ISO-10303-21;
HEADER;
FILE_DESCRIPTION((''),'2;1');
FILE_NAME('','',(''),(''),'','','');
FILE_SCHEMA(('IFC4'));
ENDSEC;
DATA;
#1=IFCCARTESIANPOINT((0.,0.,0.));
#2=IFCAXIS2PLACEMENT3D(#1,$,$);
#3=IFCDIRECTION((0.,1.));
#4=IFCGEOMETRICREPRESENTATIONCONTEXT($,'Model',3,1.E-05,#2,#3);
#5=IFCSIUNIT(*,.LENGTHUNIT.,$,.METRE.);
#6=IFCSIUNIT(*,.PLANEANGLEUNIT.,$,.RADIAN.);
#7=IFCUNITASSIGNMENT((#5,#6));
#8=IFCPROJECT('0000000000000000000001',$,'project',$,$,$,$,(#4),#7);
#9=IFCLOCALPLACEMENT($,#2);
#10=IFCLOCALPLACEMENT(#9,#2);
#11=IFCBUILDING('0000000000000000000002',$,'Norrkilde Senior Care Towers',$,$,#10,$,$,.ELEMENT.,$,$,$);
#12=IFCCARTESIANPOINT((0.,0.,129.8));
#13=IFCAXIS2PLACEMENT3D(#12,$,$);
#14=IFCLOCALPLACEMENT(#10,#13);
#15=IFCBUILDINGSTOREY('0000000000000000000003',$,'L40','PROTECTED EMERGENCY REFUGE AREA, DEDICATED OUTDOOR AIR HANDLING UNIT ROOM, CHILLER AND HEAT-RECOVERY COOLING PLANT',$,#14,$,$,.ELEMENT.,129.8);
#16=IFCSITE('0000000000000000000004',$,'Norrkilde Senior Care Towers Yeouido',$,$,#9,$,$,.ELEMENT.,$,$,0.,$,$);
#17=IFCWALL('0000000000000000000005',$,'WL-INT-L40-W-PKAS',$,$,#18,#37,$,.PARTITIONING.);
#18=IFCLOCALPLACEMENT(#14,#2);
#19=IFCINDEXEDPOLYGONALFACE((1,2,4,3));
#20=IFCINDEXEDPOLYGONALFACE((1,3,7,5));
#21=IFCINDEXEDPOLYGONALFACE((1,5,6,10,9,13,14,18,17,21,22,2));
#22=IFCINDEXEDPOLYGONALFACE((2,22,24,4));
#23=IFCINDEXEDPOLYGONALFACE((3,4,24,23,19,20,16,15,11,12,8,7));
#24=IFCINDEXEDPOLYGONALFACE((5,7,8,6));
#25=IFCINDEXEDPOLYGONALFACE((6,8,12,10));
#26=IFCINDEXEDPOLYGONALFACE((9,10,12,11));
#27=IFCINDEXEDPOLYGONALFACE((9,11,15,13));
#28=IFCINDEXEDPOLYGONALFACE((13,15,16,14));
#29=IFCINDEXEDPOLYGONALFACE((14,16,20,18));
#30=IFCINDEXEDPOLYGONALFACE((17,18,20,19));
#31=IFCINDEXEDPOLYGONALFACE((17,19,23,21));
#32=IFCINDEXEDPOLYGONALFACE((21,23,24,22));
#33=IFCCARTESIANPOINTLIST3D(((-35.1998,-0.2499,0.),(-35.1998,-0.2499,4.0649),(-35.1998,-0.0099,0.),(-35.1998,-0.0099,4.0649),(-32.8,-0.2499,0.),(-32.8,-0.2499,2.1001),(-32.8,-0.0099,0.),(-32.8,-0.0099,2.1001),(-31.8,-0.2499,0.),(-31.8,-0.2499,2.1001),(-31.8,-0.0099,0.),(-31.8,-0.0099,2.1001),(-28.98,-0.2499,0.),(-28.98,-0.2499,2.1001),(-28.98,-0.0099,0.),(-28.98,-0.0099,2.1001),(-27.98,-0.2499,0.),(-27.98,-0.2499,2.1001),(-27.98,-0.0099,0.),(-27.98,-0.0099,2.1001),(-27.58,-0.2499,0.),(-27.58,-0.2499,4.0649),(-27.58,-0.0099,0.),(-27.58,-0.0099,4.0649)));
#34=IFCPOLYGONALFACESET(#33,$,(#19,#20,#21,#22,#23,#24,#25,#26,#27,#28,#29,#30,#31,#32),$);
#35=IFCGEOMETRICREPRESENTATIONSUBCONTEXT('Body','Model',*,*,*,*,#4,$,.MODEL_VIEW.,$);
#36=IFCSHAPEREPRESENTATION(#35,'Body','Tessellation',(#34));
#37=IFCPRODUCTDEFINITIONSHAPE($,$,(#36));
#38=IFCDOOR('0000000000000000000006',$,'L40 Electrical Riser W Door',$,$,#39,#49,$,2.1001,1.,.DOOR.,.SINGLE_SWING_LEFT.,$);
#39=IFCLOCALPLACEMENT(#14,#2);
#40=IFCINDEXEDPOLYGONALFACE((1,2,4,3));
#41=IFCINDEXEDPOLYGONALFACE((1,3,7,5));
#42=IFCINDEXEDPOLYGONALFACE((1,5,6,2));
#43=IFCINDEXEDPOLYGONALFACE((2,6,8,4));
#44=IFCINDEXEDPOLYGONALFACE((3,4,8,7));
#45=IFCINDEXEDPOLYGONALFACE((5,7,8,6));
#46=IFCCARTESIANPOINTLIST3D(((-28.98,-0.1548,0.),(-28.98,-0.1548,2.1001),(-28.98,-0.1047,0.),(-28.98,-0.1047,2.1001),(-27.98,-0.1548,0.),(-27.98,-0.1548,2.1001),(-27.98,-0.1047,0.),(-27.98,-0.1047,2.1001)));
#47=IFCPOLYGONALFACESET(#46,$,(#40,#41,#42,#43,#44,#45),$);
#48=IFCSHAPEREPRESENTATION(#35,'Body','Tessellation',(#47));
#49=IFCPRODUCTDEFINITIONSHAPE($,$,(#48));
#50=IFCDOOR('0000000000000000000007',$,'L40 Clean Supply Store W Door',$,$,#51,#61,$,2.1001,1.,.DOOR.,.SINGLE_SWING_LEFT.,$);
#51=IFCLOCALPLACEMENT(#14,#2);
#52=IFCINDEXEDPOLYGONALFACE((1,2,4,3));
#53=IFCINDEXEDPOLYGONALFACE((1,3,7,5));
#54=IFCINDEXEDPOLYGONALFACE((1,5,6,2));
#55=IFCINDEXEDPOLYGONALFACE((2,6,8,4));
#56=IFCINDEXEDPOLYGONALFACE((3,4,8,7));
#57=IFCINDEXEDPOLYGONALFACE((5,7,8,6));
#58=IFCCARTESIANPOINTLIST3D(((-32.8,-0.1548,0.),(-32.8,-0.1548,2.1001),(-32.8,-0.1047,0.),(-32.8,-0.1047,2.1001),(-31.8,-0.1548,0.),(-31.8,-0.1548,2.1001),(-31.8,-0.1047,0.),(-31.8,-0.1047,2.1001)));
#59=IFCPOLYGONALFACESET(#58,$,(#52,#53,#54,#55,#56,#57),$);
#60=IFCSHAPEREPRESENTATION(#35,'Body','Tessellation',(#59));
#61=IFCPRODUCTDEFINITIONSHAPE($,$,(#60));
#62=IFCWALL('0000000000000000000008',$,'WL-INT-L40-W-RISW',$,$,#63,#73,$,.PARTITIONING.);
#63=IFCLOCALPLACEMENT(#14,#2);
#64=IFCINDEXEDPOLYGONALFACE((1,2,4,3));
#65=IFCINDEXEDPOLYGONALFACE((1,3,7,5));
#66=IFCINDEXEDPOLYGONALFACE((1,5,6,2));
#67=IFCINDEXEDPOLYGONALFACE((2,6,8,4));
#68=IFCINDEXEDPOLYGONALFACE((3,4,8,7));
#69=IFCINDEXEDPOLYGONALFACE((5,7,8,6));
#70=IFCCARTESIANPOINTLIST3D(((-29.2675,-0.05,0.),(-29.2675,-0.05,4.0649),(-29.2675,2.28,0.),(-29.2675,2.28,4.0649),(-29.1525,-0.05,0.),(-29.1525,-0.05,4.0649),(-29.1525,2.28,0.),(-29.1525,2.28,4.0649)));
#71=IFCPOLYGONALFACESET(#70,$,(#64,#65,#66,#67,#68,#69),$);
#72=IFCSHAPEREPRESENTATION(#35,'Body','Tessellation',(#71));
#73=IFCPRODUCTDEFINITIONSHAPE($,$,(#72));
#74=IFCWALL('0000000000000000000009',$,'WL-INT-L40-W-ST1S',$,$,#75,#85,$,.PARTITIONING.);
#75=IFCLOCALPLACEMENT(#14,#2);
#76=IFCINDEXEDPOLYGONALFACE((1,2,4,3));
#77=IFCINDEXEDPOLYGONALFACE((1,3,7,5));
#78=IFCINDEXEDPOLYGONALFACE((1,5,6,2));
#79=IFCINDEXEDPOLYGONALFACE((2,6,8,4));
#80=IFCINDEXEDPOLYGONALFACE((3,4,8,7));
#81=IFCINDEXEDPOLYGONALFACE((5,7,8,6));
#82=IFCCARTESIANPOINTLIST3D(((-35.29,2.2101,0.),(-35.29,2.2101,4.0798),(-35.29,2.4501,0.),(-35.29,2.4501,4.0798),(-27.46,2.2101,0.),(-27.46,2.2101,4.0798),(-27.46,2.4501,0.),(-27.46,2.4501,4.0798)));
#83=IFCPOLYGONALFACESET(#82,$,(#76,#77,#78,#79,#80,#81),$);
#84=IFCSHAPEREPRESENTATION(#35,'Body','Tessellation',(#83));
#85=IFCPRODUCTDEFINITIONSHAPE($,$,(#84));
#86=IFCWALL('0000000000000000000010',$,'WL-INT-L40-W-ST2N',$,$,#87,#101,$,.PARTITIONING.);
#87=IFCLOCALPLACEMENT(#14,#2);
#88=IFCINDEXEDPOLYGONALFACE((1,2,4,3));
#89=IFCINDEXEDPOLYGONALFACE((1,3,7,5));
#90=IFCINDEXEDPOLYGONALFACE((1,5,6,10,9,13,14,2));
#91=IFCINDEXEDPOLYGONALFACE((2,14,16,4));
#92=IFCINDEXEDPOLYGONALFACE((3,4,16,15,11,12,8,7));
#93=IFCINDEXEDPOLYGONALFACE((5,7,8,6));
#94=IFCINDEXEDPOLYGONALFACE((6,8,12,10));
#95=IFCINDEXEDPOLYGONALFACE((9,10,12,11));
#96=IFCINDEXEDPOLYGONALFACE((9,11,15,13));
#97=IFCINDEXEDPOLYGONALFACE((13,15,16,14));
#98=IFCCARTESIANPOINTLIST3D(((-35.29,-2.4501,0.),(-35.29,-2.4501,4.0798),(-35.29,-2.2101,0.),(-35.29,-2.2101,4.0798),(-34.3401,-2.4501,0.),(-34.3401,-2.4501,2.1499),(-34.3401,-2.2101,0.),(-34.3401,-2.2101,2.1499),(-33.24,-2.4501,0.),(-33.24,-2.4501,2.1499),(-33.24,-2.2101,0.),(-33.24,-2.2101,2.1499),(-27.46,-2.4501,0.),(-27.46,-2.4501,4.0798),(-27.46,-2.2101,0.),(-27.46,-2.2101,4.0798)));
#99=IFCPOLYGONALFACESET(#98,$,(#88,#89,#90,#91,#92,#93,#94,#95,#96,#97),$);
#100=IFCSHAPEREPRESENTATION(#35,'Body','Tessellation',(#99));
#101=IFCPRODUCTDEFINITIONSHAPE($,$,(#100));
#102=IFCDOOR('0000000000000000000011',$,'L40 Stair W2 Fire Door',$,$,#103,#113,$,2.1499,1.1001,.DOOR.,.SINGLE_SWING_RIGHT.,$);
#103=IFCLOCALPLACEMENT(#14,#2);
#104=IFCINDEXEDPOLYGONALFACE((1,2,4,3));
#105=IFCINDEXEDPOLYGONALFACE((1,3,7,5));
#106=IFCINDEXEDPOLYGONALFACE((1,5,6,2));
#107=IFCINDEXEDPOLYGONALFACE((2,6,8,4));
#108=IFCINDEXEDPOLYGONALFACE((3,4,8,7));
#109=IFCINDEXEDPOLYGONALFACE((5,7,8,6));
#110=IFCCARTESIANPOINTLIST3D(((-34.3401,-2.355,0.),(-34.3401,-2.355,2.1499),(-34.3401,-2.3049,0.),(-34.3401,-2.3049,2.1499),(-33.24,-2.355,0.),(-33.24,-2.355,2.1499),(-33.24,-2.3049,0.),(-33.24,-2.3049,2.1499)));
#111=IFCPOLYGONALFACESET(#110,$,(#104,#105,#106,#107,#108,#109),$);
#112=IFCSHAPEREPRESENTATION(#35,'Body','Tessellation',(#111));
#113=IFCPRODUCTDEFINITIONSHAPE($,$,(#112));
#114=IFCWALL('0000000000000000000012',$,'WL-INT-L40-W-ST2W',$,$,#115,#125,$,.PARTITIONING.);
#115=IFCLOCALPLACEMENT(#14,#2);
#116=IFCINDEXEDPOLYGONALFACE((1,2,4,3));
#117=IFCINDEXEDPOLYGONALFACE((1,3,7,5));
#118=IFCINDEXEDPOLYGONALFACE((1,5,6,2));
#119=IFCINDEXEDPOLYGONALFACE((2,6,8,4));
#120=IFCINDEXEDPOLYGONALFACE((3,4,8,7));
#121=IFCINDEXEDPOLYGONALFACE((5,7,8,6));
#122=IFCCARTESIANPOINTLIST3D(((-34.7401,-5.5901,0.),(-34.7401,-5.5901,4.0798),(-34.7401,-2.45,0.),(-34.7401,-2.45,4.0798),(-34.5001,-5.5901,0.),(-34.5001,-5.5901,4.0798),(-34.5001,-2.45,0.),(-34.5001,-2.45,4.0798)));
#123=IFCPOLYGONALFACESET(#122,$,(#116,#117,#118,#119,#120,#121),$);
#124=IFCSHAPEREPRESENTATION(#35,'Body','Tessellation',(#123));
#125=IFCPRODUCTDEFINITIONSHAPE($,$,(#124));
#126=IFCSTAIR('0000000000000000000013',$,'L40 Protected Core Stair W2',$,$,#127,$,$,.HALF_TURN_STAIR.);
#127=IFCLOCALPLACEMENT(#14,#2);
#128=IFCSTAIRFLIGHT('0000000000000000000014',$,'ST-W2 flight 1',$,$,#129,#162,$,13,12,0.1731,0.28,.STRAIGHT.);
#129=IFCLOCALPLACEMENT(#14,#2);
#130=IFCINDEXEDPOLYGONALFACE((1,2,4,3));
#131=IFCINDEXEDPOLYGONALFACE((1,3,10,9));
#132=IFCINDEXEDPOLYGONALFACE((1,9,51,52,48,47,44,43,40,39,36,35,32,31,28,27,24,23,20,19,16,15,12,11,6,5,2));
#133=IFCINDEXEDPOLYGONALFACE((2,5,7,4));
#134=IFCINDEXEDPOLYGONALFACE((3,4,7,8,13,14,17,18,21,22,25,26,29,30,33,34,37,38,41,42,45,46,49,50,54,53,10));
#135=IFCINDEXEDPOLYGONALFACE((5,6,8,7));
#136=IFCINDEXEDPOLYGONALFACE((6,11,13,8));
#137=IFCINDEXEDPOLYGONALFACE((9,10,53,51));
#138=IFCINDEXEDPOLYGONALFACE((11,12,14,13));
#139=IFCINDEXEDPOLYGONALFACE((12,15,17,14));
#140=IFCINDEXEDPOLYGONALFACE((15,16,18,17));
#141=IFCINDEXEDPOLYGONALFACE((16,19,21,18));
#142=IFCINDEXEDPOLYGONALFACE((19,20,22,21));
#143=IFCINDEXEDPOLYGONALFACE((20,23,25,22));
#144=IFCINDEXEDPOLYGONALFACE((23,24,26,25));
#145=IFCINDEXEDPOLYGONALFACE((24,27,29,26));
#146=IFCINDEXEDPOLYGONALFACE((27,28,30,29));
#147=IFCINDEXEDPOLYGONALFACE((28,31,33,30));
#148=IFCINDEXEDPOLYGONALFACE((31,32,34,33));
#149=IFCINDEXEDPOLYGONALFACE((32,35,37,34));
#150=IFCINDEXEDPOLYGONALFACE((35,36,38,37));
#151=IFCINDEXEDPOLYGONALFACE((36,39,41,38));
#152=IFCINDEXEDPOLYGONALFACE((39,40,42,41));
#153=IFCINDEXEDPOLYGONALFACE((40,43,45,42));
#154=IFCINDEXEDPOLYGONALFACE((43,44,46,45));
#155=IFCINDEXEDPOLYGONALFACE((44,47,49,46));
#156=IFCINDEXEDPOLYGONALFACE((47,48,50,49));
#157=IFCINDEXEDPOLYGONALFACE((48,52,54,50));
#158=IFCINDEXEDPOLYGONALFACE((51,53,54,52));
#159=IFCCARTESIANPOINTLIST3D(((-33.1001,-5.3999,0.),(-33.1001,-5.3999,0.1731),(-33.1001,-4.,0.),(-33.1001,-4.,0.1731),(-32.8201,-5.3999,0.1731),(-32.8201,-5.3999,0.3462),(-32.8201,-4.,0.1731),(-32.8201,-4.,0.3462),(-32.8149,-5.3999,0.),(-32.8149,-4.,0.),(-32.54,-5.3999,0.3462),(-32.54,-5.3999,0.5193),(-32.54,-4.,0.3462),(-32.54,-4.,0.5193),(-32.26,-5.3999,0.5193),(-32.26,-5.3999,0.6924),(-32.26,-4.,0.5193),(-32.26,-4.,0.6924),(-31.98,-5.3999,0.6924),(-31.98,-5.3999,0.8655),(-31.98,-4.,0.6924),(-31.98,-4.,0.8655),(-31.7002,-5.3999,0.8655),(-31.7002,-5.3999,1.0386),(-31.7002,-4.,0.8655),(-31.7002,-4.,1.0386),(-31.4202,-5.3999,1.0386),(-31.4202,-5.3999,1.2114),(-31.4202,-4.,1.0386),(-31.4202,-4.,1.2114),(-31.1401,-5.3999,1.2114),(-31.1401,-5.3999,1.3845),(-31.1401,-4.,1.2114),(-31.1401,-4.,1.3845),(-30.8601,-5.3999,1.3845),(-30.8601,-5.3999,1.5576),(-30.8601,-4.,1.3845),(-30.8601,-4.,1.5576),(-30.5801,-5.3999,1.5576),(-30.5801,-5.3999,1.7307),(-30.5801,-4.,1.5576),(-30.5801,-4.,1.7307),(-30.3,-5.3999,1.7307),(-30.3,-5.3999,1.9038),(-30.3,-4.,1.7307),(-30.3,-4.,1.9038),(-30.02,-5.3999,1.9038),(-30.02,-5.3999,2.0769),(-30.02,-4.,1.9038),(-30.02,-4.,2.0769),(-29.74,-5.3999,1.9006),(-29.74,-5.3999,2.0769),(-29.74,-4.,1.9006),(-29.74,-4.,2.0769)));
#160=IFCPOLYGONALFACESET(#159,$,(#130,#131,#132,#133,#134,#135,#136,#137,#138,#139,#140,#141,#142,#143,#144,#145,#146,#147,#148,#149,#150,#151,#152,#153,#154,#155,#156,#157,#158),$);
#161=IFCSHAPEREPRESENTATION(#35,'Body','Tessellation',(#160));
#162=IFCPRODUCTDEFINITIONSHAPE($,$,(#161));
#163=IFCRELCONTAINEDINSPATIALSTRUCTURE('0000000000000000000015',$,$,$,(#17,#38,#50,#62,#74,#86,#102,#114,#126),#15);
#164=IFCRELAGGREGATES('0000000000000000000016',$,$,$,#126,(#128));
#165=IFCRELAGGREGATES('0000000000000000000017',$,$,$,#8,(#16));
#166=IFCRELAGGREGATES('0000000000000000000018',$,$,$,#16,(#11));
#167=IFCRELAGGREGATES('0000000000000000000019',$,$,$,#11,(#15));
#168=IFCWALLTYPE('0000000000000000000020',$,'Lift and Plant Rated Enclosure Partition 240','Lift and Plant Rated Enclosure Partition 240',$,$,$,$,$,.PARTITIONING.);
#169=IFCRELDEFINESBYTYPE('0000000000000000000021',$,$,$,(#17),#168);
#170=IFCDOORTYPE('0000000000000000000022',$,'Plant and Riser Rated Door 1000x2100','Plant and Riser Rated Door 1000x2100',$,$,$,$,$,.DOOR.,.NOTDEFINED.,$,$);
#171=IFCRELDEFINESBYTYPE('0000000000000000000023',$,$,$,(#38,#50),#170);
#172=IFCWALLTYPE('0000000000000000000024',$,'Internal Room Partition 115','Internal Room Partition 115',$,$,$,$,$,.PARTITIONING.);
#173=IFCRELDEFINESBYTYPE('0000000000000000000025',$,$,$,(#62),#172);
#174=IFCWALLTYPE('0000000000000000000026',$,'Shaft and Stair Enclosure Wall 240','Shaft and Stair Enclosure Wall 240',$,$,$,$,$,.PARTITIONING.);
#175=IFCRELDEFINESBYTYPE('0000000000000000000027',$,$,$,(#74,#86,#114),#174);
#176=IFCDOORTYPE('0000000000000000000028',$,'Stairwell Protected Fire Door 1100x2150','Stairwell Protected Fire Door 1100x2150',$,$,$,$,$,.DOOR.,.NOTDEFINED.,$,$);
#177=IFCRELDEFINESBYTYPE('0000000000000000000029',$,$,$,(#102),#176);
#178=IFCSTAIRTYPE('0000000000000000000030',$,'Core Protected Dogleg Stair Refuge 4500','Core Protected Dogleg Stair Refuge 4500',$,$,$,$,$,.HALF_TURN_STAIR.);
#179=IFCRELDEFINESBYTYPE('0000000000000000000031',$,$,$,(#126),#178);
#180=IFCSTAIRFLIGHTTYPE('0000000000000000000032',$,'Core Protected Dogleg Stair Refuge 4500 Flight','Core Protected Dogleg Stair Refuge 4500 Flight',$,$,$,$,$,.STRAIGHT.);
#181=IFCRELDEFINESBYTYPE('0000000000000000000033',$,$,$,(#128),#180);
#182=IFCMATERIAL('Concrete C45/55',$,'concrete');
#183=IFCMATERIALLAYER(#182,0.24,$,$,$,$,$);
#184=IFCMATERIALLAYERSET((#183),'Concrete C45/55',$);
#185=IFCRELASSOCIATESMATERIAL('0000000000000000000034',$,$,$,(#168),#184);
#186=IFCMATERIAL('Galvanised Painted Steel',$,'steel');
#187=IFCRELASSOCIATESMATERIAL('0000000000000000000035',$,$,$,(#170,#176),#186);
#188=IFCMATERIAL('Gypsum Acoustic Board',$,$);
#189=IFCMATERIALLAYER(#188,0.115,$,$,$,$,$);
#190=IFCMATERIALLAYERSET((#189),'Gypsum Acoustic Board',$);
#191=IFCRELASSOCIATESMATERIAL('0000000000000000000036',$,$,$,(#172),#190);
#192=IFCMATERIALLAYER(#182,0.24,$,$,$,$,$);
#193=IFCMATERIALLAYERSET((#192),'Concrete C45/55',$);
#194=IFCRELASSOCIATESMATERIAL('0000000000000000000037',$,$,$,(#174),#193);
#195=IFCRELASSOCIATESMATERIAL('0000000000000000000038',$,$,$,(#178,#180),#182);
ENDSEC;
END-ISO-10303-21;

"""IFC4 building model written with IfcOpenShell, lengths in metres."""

from ifc_helpers import new_model, si_unit, direction, frame, frame_2d, origin, place, context, subcontext, project, spatial, polyline, rectangle, outline, extrude, source, transform, mapped, material, layer, layer_set, type_object, type_shapes, element, fill, aggregate, save


model = new_model("IFC4")

# Units and contexts
model_context = context("Model", 3, precision=1e-05, world=origin(), true_north=direction((0.0, 1.0)))
body_context = subcontext(model_context, "Body", "Model", "MODEL_VIEW")
ifc_project = project(units=[si_unit("LENGTHUNIT", "METRE"), si_unit("PLANEANGLEUNIT", "RADIAN")], contexts=[model_context])

# Site, building, storey
site_placement = place(None, origin())
site = spatial("IfcSite", under=ifc_project, at=site_placement, Name="Norrkilde Senior Care Towers Yeouido", CompositionType="ELEMENT", RefElevation=0.0)
building_placement = place(site_placement, origin())
building = spatial("IfcBuilding", under=site, at=building_placement, Name="Norrkilde Senior Care Towers", CompositionType="ELEMENT")
storey_placement = place(building_placement, frame((0.0, 0.0, 129.8)))
storey = spatial("IfcBuildingStorey", under=building, at=storey_placement, Name="L40", Description="PROTECTED EMERGENCY REFUGE AREA, DEDICATED OUTDOOR AIR HANDLING UNIT ROOM, CHILLER AND HEAT-RECOVERY COOLING PLANT", CompositionType="ELEMENT", Elevation=129.8)

# Shared definitions
ifc_material_1 = material(Name="Galvanised Painted Steel", Category="steel")

# Wall, openings, doors
ifc_material_2 = material(Name="Concrete C45/55", Category="concrete")
ifc_layer_1 = layer(ifc_material_2, 0.24)
ifc_layer_set_1 = layer_set([ifc_layer_1], Name="Concrete C45/55")
wall_type_1 = type_object("IfcWallType", Name="Lift and Plant Rated Enclosure Partition 240", Description="Lift and Plant Rated Enclosure Partition 240", PredefinedType="PARTITIONING", material=ifc_layer_set_1)
shared_shape_1 = source(origin(), body_context, "Body", "SweptSolid", [
    extrude(rectangle(XDim=7.6199, YDim=0.24, at=frame_2d((3.8101, 0.0))), origin(), (0.0, 0.0, 1.0), 4.0649),
])
type_shapes(wall_type_1, [shared_shape_1])
wall_1_placement = place(storey_placement, frame((-35.2, -0.1299, 0.0), z_axis=(0.0, 0.0, 1.0), x_axis=(1.0, 0.0, 0.0)))
wall_1 = element("IfcWall", 1, at=wall_1_placement, inside=storey, type_object=wall_type_1, Name="WL-INT-L40-W-PKAS", PredefinedType="PARTITIONING", context=body_context, shape_type="MappedRepresentation", body=[
    mapped(shared_shape_1, transform((0.0, 0.0, 0.0), x_axis=(1.0, 0.0, 0.0), y_axis=(0.0, 1.0, 0.0), z_axis=(0.0, 0.0, 1.0), scale=1.0)),
])
opening_1_placement = place(wall_1_placement, frame((6.22, 0.0, 0.0)))
opening_1 = element("IfcOpeningElement", 2, at=opening_1_placement, cuts=wall_1, PredefinedType="OPENING", context=body_context, shape_type="SweptSolid", body=[
    extrude(rectangle(XDim=1.0, YDim=2.1001, at=frame_2d((0.5, 1.05))), frame((0.0, 0.1299, 0.0), z_axis=(0.0, -1.0, 0.0), x_axis=(1.0, 0.0, 0.0)), (0.0, 0.0, 1.0), 0.26),
])
opening_2_placement = place(wall_1_placement, frame((2.3999, 0.0, 0.0)))
opening_2 = element("IfcOpeningElement", 3, at=opening_2_placement, cuts=wall_1, PredefinedType="OPENING", context=body_context, shape_type="SweptSolid", body=[
    extrude(rectangle(XDim=1.0, YDim=2.1001, at=frame_2d((0.5, 1.05))), frame((0.0, 0.1299, 0.0), z_axis=(0.0, -1.0, 0.0), x_axis=(1.0, 0.0, 0.0)), (0.0, 0.0, 1.0), 0.26),
])
door_type_1 = type_object("IfcDoorType", Name="Plant and Riser Rated Door 1000x2100", Description="Plant and Riser Rated Door 1000x2100", OperationType="NOTDEFINED", PredefinedType="DOOR", material=ifc_material_1)
shared_shape_2 = source(origin(), body_context, "Body", "SweptSolid", [
    extrude(rectangle(XDim=1.0, YDim=2.1001, at=frame_2d((0.5, 1.05))), frame((0.0, 0.0249, 0.0), z_axis=(0.0, -1.0, 0.0), x_axis=(1.0, 0.0, 0.0)), (0.0, 0.0, 1.0), 0.05),
])
type_shapes(door_type_1, [shared_shape_2])
door_1_placement = place(opening_1_placement, frame((1.0, 0.0, 0.0), z_axis=(0.0, 0.0, 1.0), x_axis=(-1.0, 0.0, 0.0)))
door_1 = element("IfcDoor", 4, at=door_1_placement, inside=storey, type_object=door_type_1, Name="L40 Electrical Riser W Door", OperationType="SINGLE_SWING_LEFT", OverallHeight=2.1001, OverallWidth=1.0, PredefinedType="DOOR", context=body_context, shape_type="MappedRepresentation", body=[
    mapped(shared_shape_2, transform((0.0, 0.0, 0.0), x_axis=(1.0, 0.0, 0.0), y_axis=(0.0, 1.0, 0.0), z_axis=(0.0, 0.0, 1.0), scale=1.0)),
])
fill(opening_1, door_1)
door_2_placement = place(opening_2_placement, frame((1.0, 0.0, 0.0), z_axis=(0.0, 0.0, 1.0), x_axis=(-1.0, 0.0, 0.0)))
door_2 = element("IfcDoor", 5, at=door_2_placement, inside=storey, type_object=door_type_1, Name="L40 Clean Supply Store W Door", OperationType="SINGLE_SWING_LEFT", OverallHeight=2.1001, OverallWidth=1.0, PredefinedType="DOOR", context=body_context, shape_type="MappedRepresentation", body=[
    mapped(shared_shape_2, transform((0.0, 0.0, 0.0), x_axis=(1.0, 0.0, 0.0), y_axis=(0.0, 1.0, 0.0), z_axis=(0.0, 0.0, 1.0), scale=1.0)),
])
fill(opening_2, door_2)

# Walls
ifc_material_3 = material(Name="Gypsum Acoustic Board")
ifc_layer_2 = layer(ifc_material_3, 0.115)
ifc_layer_set_2 = layer_set([ifc_layer_2], Name="Gypsum Acoustic Board")
wall_type_2 = type_object("IfcWallType", Name="Internal Room Partition 115", Description="Internal Room Partition 115", PredefinedType="PARTITIONING", material=ifc_layer_set_2)
shared_shape_3 = source(origin(), body_context, "Body", "SweptSolid", [
    extrude(rectangle(XDim=2.3301, YDim=0.115, at=frame_2d((1.165, 0.0))), origin(), (0.0, 0.0, 1.0), 4.0649),
])
type_shapes(wall_type_2, [shared_shape_3])
wall_2_placement = place(storey_placement, frame((-29.21, -0.05, 0.0), z_axis=(0.0, 0.0, 1.0), x_axis=(0.0, 1.0, 0.0)))
element("IfcWall", 6, at=wall_2_placement, inside=storey, type_object=wall_type_2, Name="WL-INT-L40-W-RISW", PredefinedType="PARTITIONING", context=body_context, shape_type="MappedRepresentation", body=[
    mapped(shared_shape_3, transform((0.0, 0.0, 0.0), x_axis=(1.0, 0.0, 0.0), y_axis=(0.0, 1.0, 0.0), z_axis=(0.0, 0.0, 1.0), scale=1.0)),
])
ifc_layer_3 = layer(ifc_material_2, 0.24)
ifc_layer_set_3 = layer_set([ifc_layer_3], Name="Concrete C45/55")
wall_type_3 = type_object("IfcWallType", Name="Shaft and Stair Enclosure Wall 240", Description="Shaft and Stair Enclosure Wall 240", PredefinedType="PARTITIONING", material=ifc_layer_set_3)
shared_shape_4 = source(origin(), body_context, "Body", "SweptSolid", [
    extrude(rectangle(XDim=7.8301, YDim=0.24, at=frame_2d((3.915, 0.0))), origin(), (0.0, 0.0, 1.0), 4.0798),
])
wall_3_placement = place(storey_placement, frame((-35.29, 2.3301, 0.0), z_axis=(0.0, 0.0, 1.0), x_axis=(1.0, 0.0, 0.0)))
element("IfcWall", 7, at=wall_3_placement, inside=storey, type_object=wall_type_3, Name="WL-INT-L40-W-ST1S", PredefinedType="PARTITIONING", context=body_context, shape_type="MappedRepresentation", body=[
    mapped(shared_shape_4, transform((0.0, 0.0, 0.0), x_axis=(1.0, 0.0, 0.0), y_axis=(0.0, 1.0, 0.0), z_axis=(0.0, 0.0, 1.0), scale=1.0)),
])

# Wall, opening, door
wall_4_placement = place(storey_placement, frame((-35.29, -2.3301, 0.0), z_axis=(0.0, 0.0, 1.0), x_axis=(1.0, 0.0, 0.0)))
wall_4 = element("IfcWall", 8, at=wall_4_placement, inside=storey, type_object=wall_type_3, Name="WL-INT-L40-W-ST2N", PredefinedType="PARTITIONING", context=body_context, shape_type="MappedRepresentation", body=[
    mapped(shared_shape_4, transform((0.0, 0.0, 0.0), x_axis=(1.0, 0.0, 0.0), y_axis=(0.0, 1.0, 0.0), z_axis=(0.0, 0.0, 1.0), scale=1.0)),
])
opening_3_placement = place(wall_4_placement, frame((0.95, 0.0, 0.0)))
opening_3 = element("IfcOpeningElement", 9, at=opening_3_placement, cuts=wall_4, PredefinedType="OPENING", context=body_context, shape_type="SweptSolid", body=[
    extrude(rectangle(XDim=1.1001, YDim=2.1499, at=frame_2d((0.55, 1.075))), frame((0.0, 0.1299, 0.0), z_axis=(0.0, -1.0, 0.0), x_axis=(1.0, 0.0, 0.0)), (0.0, 0.0, 1.0), 0.26),
])
door_type_2 = type_object("IfcDoorType", Name="Stairwell Protected Fire Door 1100x2150", Description="Stairwell Protected Fire Door 1100x2150", OperationType="NOTDEFINED", PredefinedType="DOOR", material=ifc_material_1)
shared_shape_5 = source(origin(), body_context, "Body", "SweptSolid", [
    extrude(rectangle(XDim=1.1001, YDim=2.1499, at=frame_2d((0.55, 1.075))), frame((0.0, 0.0249, 0.0), z_axis=(0.0, -1.0, 0.0), x_axis=(1.0, 0.0, 0.0)), (0.0, 0.0, 1.0), 0.05),
])
type_shapes(door_type_2, [shared_shape_5])
door_3_placement = place(opening_3_placement, frame((1.1001, 0.0, 0.0), z_axis=(0.0, 0.0, 1.0), x_axis=(-1.0, 0.0, 0.0)))
door_3 = element("IfcDoor", 10, at=door_3_placement, inside=storey, type_object=door_type_2, Name="L40 Stair W2 Fire Door", OperationType="SINGLE_SWING_RIGHT", OverallHeight=2.1499, OverallWidth=1.1001, PredefinedType="DOOR", context=body_context, shape_type="MappedRepresentation", body=[
    mapped(shared_shape_5, transform((0.0, 0.0, 0.0), x_axis=(1.0, 0.0, 0.0), y_axis=(0.0, 1.0, 0.0), z_axis=(0.0, 0.0, 1.0), scale=1.0)),
])
fill(opening_3, door_3)

# Wall
shared_shape_6 = source(origin(), body_context, "Body", "SweptSolid", [
    extrude(rectangle(XDim=3.1401, YDim=0.24, at=frame_2d((1.5701, 0.0))), origin(), (0.0, 0.0, 1.0), 4.0798),
])
type_shapes(wall_type_3, [shared_shape_4, shared_shape_6])
wall_5_placement = place(storey_placement, frame((-34.6201, -5.5901, 0.0), z_axis=(0.0, 0.0, 1.0), x_axis=(0.0, 1.0, 0.0)))
element("IfcWall", 11, at=wall_5_placement, inside=storey, type_object=wall_type_3, Name="WL-INT-L40-W-ST2W", PredefinedType="PARTITIONING", context=body_context, shape_type="MappedRepresentation", body=[
    mapped(shared_shape_6, transform((0.0, 0.0, 0.0), x_axis=(1.0, 0.0, 0.0), y_axis=(0.0, 1.0, 0.0), z_axis=(0.0, 0.0, 1.0), scale=1.0)),
])

# Stair, stair flight
stair_type = type_object("IfcStairType", Name="Core Protected Dogleg Stair Refuge 4500", Description="Core Protected Dogleg Stair Refuge 4500", PredefinedType="HALF_TURN_STAIR", material=ifc_material_2)
stair_placement = place(storey_placement, origin())
stair = element("IfcStair", 12, at=stair_placement, inside=storey, type_object=stair_type, Name="L40 Protected Core Stair W2", PredefinedType="HALF_TURN_STAIR")
stair_flight_type = type_object("IfcStairFlightType", Name="Core Protected Dogleg Stair Refuge 4500 Flight", Description="Core Protected Dogleg Stair Refuge 4500 Flight", PredefinedType="STRAIGHT", material=ifc_material_2)
stair_flight_1_placement = place(storey_placement, frame((-33.1001, -4.7, 0.0), z_axis=(0.0, 0.0, 1.0), x_axis=(1.0, 0.0, 0.0)))
stair_flight_1 = element("IfcStairFlight", 13, at=stair_flight_1_placement, type_object=stair_flight_type, Name="ST-W2 flight 1", NumberOfRisers=13, NumberOfTreads=12, PredefinedType="STRAIGHT", RiserHeight=0.1731, TreadLength=0.28, context=body_context, shape_type="SweptSolid", body=[
    extrude(outline(polyline([(0.0, 0.0), (0.0, 0.1731), (0.28, 0.1731), (0.28, 0.3462), (0.5601, 0.3462), (0.5601, 0.5193), (0.8401, 0.5193), (0.8401, 0.6924), (1.1201, 0.6924), (1.1201, 0.8655), (1.3999, 0.8655), (1.3999, 1.0386), (1.6799, 1.0386), (1.6799, 1.2114), (1.96, 1.2114), (1.96, 1.3845), (2.24, 1.3845), (2.24, 1.5576), (2.52, 1.5576), (2.52, 1.7307), (2.8, 1.7307), (2.8, 1.9038), (3.0801, 1.9038), (3.0801, 2.0769), (3.3601, 2.0769), (3.3601, 2.25), (3.3601, 1.9006), (0.2852, 0.0), (0.0, 0.0)])), frame((0.0, 0.7, 0.0), z_axis=(0.0, -1.0, 0.0), x_axis=(1.0, 0.0, 0.0)), (0.0, 0.0, 1.0), 1.3999),
])
aggregate(stair, [stair_flight_1])

save(model, "model.ifc")
